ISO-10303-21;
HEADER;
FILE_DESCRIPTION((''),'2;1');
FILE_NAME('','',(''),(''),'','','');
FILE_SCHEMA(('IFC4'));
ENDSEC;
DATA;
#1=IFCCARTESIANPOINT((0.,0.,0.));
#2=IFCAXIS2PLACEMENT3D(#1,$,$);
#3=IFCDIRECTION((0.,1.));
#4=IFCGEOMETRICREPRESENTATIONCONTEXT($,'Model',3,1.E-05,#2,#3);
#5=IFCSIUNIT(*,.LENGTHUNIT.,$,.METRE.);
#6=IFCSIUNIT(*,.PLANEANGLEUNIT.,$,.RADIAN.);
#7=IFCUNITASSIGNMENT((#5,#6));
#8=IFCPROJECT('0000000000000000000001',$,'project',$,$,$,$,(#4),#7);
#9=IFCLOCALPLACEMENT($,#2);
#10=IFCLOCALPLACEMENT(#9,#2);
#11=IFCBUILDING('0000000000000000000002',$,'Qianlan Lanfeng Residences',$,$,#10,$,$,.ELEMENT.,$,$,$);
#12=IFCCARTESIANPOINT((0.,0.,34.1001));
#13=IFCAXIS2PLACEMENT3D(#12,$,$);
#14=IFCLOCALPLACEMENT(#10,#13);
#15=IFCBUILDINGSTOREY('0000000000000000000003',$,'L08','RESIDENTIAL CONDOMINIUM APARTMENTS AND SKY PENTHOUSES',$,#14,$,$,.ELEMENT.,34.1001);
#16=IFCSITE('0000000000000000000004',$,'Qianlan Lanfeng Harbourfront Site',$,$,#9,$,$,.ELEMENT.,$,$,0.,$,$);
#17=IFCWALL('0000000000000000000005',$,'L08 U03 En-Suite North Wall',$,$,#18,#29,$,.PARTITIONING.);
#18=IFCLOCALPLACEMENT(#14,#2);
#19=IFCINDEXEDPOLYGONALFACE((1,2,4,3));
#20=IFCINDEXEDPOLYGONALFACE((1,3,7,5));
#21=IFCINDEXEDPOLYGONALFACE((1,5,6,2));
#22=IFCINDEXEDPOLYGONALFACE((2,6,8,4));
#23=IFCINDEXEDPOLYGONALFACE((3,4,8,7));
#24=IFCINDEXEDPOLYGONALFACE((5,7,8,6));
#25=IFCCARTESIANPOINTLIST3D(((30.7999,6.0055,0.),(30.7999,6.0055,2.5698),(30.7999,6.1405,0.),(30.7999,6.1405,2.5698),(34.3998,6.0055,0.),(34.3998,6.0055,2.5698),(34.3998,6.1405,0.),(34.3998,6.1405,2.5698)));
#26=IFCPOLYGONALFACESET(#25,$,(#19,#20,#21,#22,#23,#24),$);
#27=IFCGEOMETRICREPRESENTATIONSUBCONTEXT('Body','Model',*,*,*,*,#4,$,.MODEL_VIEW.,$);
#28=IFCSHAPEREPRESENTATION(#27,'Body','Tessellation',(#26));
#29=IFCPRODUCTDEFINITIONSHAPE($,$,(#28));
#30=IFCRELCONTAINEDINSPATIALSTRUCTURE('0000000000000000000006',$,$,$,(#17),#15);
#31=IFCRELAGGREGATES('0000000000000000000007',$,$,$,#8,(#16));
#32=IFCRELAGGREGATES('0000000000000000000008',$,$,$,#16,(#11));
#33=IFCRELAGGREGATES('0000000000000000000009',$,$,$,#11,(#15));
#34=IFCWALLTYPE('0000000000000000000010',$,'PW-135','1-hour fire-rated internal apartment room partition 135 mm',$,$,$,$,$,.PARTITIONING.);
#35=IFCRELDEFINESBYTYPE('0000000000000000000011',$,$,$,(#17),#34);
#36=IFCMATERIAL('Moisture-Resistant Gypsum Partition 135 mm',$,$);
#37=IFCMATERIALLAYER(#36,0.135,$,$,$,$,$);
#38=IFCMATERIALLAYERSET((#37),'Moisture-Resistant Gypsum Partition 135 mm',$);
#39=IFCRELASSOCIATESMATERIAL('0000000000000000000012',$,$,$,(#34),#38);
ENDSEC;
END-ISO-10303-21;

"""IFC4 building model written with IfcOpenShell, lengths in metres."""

from ifc_helpers import new_model, si_unit, direction, frame, frame_2d, origin, place, context, subcontext, project, spatial, rectangle, extrude, material, layer, layer_set, type_object, element, save


model = new_model("IFC4")

# Units and contexts
model_context = context("Model", 3, precision=1e-05, world=origin(), true_north=direction((0.0, 1.0)))
body_context = subcontext(model_context, "Body", "Model", "MODEL_VIEW")
ifc_project = project(units=[si_unit("LENGTHUNIT", "METRE"), si_unit("PLANEANGLEUNIT", "RADIAN")], contexts=[model_context])

# Site, building, storey
site_placement = place(None, origin())
site = spatial("IfcSite", under=ifc_project, at=site_placement, Name="Qianlan Lanfeng Harbourfront Site", CompositionType="ELEMENT", RefElevation=0.0)
building_placement = place(site_placement, origin())
building = spatial("IfcBuilding", under=site, at=building_placement, Name="Qianlan Lanfeng Residences", CompositionType="ELEMENT")
storey_placement = place(building_placement, frame((0.0, 0.0, 34.1001)))
storey = spatial("IfcBuildingStorey", under=building, at=storey_placement, Name="L08", Description="RESIDENTIAL CONDOMINIUM APARTMENTS AND SKY PENTHOUSES", CompositionType="ELEMENT", Elevation=34.1001)

# Shared definitions
ifc_material_1 = material(Name="Moisture-Resistant Gypsum Partition 135 mm")
ifc_layer_1 = layer(ifc_material_1, 0.135)
ifc_layer_set_1 = layer_set([ifc_layer_1], Name="Moisture-Resistant Gypsum Partition 135 mm")
wall_type_1 = type_object("IfcWallType", Name="PW-135", Description="1-hour fire-rated internal apartment room partition 135 mm", PredefinedType="PARTITIONING", material=ifc_layer_set_1)

# Wall
wall_1_placement = place(storey_placement, frame((30.8, 6.073, 0.0), z_axis=(0.0, 0.0, 1.0), x_axis=(1.0, 0.0, 0.0)))
element("IfcWall", 1, at=wall_1_placement, inside=storey, type_object=wall_type_1, Name="L08 U03 En-Suite North Wall", PredefinedType="PARTITIONING", context=body_context, shape_type="SweptSolid", body=[
    extrude(rectangle(XDim=3.5999, YDim=0.135, at=frame_2d((1.7998, 0.0))), origin(), (0.0, 0.0, 1.0), 2.5698),
])

save(model, "model.ifc")
